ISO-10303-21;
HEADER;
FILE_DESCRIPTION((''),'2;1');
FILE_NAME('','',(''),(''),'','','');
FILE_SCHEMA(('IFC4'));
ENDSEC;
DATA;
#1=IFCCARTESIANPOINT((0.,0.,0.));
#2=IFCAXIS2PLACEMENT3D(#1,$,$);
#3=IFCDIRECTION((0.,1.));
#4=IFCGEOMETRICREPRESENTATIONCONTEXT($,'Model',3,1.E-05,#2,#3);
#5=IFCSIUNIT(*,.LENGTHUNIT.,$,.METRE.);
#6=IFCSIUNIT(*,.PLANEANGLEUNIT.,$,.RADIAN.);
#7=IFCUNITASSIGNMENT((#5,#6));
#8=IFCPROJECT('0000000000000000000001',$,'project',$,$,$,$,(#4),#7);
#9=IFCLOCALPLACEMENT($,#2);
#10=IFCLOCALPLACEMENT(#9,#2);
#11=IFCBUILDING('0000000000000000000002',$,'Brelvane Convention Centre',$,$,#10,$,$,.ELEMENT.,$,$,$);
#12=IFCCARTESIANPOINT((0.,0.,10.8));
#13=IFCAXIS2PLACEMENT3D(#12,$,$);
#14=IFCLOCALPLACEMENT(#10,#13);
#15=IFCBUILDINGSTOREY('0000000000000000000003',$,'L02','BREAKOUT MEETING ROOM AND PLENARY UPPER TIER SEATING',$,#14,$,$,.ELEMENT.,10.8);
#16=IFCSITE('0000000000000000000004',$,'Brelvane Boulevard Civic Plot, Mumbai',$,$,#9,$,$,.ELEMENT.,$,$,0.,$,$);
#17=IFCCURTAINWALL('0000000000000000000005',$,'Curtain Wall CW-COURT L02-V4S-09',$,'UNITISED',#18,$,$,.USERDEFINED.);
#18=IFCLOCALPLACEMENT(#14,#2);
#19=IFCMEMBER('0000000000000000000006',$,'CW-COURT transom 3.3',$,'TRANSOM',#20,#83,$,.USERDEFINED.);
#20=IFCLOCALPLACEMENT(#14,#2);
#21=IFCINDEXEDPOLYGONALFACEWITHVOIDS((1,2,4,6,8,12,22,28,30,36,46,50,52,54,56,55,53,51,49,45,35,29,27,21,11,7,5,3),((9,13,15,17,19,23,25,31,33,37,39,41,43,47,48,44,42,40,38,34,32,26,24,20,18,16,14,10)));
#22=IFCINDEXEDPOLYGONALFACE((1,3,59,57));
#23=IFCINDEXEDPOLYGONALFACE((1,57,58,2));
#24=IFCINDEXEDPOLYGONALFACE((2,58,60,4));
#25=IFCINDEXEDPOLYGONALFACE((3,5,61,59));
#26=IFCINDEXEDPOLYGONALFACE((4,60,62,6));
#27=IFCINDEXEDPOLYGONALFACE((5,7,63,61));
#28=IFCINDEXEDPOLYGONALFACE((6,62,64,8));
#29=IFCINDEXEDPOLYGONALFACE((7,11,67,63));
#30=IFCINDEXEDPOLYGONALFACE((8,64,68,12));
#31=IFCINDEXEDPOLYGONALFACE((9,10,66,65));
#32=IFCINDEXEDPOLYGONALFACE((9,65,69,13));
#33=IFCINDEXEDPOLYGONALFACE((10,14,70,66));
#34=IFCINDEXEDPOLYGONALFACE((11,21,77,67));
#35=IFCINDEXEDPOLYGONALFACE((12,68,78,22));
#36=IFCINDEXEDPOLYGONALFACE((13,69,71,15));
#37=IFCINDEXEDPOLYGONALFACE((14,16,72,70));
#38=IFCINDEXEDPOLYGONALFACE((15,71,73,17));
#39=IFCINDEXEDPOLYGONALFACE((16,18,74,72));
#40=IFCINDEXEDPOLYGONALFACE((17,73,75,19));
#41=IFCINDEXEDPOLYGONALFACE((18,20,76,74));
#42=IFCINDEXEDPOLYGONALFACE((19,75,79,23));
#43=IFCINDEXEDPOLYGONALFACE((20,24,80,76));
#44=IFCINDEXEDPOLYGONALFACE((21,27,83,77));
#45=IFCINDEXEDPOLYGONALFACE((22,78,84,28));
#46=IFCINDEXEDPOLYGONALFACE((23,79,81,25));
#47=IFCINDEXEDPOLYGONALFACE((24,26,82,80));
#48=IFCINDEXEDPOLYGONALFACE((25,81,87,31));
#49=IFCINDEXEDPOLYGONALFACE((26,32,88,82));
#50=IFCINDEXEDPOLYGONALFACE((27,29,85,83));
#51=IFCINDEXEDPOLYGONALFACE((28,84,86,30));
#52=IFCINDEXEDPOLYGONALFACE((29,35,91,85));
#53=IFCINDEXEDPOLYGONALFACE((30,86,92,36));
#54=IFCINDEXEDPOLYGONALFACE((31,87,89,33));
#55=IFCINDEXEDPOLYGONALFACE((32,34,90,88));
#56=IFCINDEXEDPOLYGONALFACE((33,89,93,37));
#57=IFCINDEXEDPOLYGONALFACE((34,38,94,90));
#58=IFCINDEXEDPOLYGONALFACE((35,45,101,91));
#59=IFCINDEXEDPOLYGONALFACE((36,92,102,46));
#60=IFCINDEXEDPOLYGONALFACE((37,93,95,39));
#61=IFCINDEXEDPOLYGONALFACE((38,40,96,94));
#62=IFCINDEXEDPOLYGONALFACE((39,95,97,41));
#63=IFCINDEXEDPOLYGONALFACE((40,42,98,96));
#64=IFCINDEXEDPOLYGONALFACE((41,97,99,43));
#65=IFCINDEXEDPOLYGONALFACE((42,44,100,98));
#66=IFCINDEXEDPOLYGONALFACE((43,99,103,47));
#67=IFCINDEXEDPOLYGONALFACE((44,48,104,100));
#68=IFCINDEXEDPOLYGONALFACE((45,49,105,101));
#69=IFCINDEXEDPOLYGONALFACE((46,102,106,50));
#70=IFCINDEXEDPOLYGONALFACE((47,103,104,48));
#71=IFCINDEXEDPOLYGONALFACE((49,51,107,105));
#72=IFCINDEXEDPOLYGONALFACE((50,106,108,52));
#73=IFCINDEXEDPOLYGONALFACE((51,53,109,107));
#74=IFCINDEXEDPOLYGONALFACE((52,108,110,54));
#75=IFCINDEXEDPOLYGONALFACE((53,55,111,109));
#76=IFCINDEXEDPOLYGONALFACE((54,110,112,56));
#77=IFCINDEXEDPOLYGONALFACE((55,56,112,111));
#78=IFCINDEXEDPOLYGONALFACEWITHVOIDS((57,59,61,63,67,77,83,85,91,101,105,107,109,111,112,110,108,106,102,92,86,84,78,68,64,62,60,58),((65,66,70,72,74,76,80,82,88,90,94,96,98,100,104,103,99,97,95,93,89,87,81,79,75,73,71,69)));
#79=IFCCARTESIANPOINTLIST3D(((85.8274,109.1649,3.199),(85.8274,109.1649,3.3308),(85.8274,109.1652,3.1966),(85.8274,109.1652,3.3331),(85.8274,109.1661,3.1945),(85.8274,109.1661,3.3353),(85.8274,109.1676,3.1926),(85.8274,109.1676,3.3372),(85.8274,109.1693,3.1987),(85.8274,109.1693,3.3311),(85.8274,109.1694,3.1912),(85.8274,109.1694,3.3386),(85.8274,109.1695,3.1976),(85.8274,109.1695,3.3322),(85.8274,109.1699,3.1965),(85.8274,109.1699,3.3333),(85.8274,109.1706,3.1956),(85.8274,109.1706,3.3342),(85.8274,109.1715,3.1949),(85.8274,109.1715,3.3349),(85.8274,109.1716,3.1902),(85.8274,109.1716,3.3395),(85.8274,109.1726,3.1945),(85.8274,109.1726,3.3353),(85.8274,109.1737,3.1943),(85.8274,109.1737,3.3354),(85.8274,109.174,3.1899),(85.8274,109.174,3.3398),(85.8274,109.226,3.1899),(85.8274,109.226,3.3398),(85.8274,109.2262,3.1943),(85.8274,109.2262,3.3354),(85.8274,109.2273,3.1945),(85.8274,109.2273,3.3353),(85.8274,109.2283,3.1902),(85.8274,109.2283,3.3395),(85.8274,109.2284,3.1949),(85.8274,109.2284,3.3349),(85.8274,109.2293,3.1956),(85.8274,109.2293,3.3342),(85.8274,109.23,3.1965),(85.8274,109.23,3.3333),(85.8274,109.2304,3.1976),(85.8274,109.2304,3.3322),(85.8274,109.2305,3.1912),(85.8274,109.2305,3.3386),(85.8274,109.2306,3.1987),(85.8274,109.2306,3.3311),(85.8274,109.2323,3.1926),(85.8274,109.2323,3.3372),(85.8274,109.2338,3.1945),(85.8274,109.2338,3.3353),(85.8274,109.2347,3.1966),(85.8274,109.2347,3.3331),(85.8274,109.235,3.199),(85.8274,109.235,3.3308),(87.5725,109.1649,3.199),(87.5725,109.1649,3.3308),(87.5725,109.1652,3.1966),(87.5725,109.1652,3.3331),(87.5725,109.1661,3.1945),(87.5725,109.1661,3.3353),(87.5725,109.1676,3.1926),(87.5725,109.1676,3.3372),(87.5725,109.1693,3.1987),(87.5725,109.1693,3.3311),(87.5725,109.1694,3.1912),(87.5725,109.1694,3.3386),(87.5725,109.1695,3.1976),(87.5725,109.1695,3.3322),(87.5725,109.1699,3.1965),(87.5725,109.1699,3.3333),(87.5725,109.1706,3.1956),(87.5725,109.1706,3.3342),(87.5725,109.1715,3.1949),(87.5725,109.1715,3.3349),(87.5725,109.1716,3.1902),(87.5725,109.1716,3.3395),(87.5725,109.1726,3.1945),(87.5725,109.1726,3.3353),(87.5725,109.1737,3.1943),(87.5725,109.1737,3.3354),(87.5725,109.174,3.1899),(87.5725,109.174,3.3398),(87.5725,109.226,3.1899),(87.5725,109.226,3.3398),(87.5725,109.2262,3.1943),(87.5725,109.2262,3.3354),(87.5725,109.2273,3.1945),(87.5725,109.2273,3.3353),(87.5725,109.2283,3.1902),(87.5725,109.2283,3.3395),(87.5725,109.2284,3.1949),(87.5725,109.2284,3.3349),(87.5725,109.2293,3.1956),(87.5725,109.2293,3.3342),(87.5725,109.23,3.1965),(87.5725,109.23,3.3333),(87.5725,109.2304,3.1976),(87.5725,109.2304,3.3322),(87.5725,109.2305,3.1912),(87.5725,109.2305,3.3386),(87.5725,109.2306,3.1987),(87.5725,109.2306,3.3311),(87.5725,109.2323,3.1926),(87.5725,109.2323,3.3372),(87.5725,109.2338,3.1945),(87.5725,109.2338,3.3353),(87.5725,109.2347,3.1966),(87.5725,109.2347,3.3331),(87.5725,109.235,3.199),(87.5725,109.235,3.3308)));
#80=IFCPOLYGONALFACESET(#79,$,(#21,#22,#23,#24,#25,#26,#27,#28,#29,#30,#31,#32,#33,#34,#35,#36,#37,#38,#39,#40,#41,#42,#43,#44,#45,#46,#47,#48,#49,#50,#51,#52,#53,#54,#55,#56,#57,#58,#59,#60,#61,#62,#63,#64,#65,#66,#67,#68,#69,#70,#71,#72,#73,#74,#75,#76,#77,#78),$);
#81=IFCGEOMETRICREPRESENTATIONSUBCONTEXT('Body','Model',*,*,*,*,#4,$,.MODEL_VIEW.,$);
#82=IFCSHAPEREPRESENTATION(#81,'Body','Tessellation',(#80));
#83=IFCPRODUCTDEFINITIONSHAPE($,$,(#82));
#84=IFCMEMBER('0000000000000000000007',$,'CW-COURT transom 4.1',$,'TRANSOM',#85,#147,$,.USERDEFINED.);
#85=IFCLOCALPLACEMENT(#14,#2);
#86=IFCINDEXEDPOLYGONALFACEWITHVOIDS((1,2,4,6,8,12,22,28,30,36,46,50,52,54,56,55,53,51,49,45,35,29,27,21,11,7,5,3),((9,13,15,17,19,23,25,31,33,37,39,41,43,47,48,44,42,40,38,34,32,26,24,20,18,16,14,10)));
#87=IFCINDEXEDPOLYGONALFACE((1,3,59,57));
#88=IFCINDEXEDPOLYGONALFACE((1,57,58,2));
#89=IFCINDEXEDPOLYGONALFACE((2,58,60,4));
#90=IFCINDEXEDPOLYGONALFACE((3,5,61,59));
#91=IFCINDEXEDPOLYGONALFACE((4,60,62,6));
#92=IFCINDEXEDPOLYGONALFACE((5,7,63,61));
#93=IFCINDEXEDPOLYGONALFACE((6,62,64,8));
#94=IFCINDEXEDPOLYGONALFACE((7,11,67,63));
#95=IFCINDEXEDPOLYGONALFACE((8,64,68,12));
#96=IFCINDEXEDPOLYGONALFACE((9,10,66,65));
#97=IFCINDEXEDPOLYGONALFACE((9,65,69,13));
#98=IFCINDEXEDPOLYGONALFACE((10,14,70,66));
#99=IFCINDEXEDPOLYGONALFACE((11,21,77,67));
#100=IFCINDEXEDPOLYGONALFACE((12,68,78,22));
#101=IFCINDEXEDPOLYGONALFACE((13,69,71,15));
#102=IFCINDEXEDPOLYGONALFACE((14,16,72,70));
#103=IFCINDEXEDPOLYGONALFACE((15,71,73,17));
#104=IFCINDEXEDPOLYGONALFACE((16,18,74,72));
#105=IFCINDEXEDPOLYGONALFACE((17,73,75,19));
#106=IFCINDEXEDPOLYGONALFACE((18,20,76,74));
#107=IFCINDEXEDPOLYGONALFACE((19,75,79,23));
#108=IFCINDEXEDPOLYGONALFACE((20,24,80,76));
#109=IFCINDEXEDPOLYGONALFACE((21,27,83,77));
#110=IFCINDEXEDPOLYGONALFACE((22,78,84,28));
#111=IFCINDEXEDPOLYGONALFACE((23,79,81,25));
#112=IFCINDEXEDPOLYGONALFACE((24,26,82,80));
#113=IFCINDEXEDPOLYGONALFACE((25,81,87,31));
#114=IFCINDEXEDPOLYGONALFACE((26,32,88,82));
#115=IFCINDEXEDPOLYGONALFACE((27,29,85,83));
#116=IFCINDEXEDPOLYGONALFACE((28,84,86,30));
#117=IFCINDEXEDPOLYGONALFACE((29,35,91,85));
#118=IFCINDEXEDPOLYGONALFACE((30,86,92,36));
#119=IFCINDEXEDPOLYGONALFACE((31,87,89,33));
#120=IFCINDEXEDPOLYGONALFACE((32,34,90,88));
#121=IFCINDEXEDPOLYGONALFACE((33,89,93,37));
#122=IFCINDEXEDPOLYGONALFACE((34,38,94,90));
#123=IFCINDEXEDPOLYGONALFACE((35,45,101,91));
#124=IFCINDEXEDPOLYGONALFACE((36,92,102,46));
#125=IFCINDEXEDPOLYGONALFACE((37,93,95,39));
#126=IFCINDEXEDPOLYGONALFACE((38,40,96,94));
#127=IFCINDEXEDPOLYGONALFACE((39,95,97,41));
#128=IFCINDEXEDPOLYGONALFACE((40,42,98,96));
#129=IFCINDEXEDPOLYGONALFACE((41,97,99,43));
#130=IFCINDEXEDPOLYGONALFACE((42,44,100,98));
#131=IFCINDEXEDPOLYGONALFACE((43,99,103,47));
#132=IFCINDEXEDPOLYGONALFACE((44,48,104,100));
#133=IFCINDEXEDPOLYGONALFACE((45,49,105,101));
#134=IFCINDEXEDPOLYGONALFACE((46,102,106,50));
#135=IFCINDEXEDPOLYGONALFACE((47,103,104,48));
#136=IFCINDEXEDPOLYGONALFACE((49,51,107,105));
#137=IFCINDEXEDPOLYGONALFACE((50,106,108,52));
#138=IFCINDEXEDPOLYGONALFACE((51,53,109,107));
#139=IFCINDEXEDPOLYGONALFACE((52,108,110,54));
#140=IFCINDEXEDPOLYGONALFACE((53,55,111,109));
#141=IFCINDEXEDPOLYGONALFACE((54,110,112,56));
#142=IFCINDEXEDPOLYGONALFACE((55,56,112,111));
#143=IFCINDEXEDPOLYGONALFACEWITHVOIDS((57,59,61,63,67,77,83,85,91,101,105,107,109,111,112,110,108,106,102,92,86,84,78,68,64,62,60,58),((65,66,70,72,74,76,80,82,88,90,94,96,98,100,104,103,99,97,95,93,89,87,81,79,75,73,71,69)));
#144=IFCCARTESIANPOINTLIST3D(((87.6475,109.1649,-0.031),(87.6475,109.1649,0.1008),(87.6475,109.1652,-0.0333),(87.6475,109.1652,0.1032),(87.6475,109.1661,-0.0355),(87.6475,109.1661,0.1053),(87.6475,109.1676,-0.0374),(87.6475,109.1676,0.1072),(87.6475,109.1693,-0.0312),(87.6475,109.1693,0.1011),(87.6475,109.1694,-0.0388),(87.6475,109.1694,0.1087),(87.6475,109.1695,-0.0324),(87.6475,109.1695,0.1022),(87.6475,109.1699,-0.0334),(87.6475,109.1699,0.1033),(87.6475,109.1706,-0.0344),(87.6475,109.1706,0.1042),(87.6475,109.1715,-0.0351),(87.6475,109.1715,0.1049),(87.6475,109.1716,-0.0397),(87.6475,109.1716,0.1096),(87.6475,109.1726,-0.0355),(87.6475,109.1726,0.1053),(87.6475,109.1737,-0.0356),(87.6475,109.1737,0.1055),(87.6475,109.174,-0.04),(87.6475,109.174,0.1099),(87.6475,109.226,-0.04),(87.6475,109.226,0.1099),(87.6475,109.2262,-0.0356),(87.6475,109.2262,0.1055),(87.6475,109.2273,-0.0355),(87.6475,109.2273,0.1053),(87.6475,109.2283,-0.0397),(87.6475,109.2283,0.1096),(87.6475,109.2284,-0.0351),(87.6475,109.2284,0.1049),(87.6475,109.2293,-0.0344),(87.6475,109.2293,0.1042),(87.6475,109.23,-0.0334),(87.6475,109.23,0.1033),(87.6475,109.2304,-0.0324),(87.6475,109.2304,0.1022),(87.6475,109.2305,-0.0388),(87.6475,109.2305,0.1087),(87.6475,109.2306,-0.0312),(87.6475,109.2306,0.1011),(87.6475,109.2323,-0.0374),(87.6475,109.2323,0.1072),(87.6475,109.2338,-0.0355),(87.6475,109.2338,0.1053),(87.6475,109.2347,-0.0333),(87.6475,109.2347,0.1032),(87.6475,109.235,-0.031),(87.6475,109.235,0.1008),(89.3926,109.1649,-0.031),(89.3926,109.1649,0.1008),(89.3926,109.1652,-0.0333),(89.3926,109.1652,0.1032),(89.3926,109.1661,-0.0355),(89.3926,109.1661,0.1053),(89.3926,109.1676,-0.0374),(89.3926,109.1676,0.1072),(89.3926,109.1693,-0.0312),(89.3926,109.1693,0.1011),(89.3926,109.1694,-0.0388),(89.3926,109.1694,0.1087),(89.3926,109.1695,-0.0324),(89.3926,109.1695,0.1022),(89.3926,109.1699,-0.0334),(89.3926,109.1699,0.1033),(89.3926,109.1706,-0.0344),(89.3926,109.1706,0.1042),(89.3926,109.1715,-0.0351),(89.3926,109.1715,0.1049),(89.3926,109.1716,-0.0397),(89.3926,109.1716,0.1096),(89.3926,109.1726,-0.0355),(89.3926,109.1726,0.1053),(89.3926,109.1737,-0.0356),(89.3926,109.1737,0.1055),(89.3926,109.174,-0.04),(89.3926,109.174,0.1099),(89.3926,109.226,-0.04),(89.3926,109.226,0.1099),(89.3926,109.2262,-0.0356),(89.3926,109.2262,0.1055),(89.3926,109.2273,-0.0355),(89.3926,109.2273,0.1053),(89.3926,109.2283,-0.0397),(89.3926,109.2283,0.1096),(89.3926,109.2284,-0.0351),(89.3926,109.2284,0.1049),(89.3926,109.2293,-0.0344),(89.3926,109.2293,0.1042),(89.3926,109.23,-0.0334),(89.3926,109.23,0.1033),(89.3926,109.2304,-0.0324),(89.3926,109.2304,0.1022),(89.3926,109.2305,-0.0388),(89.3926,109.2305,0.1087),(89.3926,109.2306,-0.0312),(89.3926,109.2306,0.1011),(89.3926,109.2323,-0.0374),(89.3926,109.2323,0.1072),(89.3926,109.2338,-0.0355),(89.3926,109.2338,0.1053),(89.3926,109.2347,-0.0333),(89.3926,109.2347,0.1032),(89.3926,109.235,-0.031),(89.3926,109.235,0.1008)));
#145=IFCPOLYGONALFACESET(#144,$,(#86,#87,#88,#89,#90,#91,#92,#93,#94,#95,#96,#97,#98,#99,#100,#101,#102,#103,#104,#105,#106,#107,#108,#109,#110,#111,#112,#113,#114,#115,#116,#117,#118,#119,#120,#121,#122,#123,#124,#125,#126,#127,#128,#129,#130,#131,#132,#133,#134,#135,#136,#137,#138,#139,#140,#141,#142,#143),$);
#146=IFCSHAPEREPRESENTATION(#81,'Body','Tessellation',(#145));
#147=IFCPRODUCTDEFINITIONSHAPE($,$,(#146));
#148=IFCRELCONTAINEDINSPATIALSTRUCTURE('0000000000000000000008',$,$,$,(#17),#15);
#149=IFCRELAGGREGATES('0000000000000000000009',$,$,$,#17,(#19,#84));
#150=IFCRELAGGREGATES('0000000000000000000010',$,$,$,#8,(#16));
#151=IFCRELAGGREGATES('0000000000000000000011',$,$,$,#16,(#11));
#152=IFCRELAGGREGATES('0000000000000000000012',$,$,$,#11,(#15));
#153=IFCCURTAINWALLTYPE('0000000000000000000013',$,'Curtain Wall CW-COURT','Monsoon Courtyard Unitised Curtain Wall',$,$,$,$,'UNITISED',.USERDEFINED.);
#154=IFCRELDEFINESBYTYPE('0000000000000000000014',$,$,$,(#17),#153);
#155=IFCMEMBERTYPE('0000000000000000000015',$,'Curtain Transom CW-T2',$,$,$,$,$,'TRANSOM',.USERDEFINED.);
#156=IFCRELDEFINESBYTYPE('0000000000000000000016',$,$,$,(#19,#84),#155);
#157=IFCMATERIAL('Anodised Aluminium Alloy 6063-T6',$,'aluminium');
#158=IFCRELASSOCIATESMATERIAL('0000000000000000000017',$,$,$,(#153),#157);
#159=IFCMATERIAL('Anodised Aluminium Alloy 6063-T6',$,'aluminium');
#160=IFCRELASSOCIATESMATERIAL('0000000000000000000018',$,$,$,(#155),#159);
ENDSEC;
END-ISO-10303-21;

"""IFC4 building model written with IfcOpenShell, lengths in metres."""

from ifc_helpers import new_model, si_unit, direction, frame, origin, origin_2d, place, context, subcontext, project, spatial, hollow_rectangle, extrude, material, material_profile, profile_set, type_object, element, aggregate, save


model = new_model("IFC4")

# Units and contexts
model_context = context("Model", 3, precision=1e-05, world=origin(), true_north=direction((0.0, 1.0)))
body_context = subcontext(model_context, "Body", "Model", "MODEL_VIEW")
ifc_project = project(units=[si_unit("LENGTHUNIT", "METRE"), si_unit("PLANEANGLEUNIT", "RADIAN")], contexts=[model_context])

# Site, building, storey
site_placement = place(None, origin())
site = spatial("IfcSite", under=ifc_project, at=site_placement, Name="Brelvane Boulevard Civic Plot, Mumbai", CompositionType="ELEMENT", RefElevation=0.0)
building_placement = place(site_placement, origin())
building = spatial("IfcBuilding", under=site, at=building_placement, Name="Brelvane Convention Centre", CompositionType="ELEMENT")
storey_placement = place(building_placement, frame((0.0, 0.0, 10.8)))
storey = spatial("IfcBuildingStorey", under=building, at=storey_placement, Name="L02", Description="BREAKOUT MEETING ROOM AND PLENARY UPPER TIER SEATING", CompositionType="ELEMENT", Elevation=10.8)

# Curtain wall, members
ifc_material_1 = material(Name="Anodised Aluminium Alloy 6063-T6", Category="aluminium")
curtain_wall_type = type_object("IfcCurtainWallType", Name="Curtain Wall CW-COURT", Description="Monsoon Courtyard Unitised Curtain Wall", ElementType="UNITISED", PredefinedType="USERDEFINED", material=ifc_material_1)
curtain_wall_placement = place(storey_placement, origin())
curtain_wall = element("IfcCurtainWall", 1, at=curtain_wall_placement, inside=storey, type_object=curtain_wall_type, Name="Curtain Wall CW-COURT L02-V4S-09", ObjectType="UNITISED", PredefinedType="USERDEFINED")
ifc_material_2 = material(Name="Anodised Aluminium Alloy 6063-T6", Category="aluminium")
ifc_material_profile_1 = material_profile(ifc_material_2, hollow_rectangle(XDim=0.0701, YDim=0.1499, WallThickness=0.0044, InnerFilletRadius=0.0044, OuterFilletRadius=0.009, at=origin_2d()), Name="ALU-T 150x70x4.5")
ifc_profile_set_1 = profile_set([ifc_material_profile_1], Name="Anodised Aluminium Alloy 6063-T6")
member_type_1 = type_object("IfcMemberType", Name="Curtain Transom CW-T2", ElementType="TRANSOM", PredefinedType="USERDEFINED", material=ifc_profile_set_1)
member_1_placement = place(storey_placement, frame((85.8274, 109.2, 3.2649), z_axis=(1.0, 0.0, 0.0), x_axis=(0.0, 1.0, 0.0)))
member_1 = element("IfcMember", 2, at=member_1_placement, type_object=member_type_1, Name="CW-COURT transom 3.3", ObjectType="TRANSOM", PredefinedType="USERDEFINED", context=body_context, shape_type="SweptSolid", body=[
    extrude(hollow_rectangle(XDim=0.0701, YDim=0.1499, WallThickness=0.0044, InnerFilletRadius=0.0044, OuterFilletRadius=0.009, at=origin_2d()), origin(), (0.0, 0.0, 1.0), 1.7451),
])
member_2_placement = place(storey_placement, frame((87.6475, 109.2, 0.0349), z_axis=(1.0, 0.0, 0.0), x_axis=(0.0, 1.0, 0.0)))
member_2 = element("IfcMember", 3, at=member_2_placement, type_object=member_type_1, Name="CW-COURT transom 4.1", ObjectType="TRANSOM", PredefinedType="USERDEFINED", context=body_context, shape_type="SweptSolid", body=[
    extrude(hollow_rectangle(XDim=0.0701, YDim=0.1499, WallThickness=0.0044, InnerFilletRadius=0.0044, OuterFilletRadius=0.009, at=origin_2d()), origin(), (0.0, 0.0, 1.0), 1.7451),
])

aggregate(curtain_wall, [member_1, member_2])

save(model, "model.ifc")
